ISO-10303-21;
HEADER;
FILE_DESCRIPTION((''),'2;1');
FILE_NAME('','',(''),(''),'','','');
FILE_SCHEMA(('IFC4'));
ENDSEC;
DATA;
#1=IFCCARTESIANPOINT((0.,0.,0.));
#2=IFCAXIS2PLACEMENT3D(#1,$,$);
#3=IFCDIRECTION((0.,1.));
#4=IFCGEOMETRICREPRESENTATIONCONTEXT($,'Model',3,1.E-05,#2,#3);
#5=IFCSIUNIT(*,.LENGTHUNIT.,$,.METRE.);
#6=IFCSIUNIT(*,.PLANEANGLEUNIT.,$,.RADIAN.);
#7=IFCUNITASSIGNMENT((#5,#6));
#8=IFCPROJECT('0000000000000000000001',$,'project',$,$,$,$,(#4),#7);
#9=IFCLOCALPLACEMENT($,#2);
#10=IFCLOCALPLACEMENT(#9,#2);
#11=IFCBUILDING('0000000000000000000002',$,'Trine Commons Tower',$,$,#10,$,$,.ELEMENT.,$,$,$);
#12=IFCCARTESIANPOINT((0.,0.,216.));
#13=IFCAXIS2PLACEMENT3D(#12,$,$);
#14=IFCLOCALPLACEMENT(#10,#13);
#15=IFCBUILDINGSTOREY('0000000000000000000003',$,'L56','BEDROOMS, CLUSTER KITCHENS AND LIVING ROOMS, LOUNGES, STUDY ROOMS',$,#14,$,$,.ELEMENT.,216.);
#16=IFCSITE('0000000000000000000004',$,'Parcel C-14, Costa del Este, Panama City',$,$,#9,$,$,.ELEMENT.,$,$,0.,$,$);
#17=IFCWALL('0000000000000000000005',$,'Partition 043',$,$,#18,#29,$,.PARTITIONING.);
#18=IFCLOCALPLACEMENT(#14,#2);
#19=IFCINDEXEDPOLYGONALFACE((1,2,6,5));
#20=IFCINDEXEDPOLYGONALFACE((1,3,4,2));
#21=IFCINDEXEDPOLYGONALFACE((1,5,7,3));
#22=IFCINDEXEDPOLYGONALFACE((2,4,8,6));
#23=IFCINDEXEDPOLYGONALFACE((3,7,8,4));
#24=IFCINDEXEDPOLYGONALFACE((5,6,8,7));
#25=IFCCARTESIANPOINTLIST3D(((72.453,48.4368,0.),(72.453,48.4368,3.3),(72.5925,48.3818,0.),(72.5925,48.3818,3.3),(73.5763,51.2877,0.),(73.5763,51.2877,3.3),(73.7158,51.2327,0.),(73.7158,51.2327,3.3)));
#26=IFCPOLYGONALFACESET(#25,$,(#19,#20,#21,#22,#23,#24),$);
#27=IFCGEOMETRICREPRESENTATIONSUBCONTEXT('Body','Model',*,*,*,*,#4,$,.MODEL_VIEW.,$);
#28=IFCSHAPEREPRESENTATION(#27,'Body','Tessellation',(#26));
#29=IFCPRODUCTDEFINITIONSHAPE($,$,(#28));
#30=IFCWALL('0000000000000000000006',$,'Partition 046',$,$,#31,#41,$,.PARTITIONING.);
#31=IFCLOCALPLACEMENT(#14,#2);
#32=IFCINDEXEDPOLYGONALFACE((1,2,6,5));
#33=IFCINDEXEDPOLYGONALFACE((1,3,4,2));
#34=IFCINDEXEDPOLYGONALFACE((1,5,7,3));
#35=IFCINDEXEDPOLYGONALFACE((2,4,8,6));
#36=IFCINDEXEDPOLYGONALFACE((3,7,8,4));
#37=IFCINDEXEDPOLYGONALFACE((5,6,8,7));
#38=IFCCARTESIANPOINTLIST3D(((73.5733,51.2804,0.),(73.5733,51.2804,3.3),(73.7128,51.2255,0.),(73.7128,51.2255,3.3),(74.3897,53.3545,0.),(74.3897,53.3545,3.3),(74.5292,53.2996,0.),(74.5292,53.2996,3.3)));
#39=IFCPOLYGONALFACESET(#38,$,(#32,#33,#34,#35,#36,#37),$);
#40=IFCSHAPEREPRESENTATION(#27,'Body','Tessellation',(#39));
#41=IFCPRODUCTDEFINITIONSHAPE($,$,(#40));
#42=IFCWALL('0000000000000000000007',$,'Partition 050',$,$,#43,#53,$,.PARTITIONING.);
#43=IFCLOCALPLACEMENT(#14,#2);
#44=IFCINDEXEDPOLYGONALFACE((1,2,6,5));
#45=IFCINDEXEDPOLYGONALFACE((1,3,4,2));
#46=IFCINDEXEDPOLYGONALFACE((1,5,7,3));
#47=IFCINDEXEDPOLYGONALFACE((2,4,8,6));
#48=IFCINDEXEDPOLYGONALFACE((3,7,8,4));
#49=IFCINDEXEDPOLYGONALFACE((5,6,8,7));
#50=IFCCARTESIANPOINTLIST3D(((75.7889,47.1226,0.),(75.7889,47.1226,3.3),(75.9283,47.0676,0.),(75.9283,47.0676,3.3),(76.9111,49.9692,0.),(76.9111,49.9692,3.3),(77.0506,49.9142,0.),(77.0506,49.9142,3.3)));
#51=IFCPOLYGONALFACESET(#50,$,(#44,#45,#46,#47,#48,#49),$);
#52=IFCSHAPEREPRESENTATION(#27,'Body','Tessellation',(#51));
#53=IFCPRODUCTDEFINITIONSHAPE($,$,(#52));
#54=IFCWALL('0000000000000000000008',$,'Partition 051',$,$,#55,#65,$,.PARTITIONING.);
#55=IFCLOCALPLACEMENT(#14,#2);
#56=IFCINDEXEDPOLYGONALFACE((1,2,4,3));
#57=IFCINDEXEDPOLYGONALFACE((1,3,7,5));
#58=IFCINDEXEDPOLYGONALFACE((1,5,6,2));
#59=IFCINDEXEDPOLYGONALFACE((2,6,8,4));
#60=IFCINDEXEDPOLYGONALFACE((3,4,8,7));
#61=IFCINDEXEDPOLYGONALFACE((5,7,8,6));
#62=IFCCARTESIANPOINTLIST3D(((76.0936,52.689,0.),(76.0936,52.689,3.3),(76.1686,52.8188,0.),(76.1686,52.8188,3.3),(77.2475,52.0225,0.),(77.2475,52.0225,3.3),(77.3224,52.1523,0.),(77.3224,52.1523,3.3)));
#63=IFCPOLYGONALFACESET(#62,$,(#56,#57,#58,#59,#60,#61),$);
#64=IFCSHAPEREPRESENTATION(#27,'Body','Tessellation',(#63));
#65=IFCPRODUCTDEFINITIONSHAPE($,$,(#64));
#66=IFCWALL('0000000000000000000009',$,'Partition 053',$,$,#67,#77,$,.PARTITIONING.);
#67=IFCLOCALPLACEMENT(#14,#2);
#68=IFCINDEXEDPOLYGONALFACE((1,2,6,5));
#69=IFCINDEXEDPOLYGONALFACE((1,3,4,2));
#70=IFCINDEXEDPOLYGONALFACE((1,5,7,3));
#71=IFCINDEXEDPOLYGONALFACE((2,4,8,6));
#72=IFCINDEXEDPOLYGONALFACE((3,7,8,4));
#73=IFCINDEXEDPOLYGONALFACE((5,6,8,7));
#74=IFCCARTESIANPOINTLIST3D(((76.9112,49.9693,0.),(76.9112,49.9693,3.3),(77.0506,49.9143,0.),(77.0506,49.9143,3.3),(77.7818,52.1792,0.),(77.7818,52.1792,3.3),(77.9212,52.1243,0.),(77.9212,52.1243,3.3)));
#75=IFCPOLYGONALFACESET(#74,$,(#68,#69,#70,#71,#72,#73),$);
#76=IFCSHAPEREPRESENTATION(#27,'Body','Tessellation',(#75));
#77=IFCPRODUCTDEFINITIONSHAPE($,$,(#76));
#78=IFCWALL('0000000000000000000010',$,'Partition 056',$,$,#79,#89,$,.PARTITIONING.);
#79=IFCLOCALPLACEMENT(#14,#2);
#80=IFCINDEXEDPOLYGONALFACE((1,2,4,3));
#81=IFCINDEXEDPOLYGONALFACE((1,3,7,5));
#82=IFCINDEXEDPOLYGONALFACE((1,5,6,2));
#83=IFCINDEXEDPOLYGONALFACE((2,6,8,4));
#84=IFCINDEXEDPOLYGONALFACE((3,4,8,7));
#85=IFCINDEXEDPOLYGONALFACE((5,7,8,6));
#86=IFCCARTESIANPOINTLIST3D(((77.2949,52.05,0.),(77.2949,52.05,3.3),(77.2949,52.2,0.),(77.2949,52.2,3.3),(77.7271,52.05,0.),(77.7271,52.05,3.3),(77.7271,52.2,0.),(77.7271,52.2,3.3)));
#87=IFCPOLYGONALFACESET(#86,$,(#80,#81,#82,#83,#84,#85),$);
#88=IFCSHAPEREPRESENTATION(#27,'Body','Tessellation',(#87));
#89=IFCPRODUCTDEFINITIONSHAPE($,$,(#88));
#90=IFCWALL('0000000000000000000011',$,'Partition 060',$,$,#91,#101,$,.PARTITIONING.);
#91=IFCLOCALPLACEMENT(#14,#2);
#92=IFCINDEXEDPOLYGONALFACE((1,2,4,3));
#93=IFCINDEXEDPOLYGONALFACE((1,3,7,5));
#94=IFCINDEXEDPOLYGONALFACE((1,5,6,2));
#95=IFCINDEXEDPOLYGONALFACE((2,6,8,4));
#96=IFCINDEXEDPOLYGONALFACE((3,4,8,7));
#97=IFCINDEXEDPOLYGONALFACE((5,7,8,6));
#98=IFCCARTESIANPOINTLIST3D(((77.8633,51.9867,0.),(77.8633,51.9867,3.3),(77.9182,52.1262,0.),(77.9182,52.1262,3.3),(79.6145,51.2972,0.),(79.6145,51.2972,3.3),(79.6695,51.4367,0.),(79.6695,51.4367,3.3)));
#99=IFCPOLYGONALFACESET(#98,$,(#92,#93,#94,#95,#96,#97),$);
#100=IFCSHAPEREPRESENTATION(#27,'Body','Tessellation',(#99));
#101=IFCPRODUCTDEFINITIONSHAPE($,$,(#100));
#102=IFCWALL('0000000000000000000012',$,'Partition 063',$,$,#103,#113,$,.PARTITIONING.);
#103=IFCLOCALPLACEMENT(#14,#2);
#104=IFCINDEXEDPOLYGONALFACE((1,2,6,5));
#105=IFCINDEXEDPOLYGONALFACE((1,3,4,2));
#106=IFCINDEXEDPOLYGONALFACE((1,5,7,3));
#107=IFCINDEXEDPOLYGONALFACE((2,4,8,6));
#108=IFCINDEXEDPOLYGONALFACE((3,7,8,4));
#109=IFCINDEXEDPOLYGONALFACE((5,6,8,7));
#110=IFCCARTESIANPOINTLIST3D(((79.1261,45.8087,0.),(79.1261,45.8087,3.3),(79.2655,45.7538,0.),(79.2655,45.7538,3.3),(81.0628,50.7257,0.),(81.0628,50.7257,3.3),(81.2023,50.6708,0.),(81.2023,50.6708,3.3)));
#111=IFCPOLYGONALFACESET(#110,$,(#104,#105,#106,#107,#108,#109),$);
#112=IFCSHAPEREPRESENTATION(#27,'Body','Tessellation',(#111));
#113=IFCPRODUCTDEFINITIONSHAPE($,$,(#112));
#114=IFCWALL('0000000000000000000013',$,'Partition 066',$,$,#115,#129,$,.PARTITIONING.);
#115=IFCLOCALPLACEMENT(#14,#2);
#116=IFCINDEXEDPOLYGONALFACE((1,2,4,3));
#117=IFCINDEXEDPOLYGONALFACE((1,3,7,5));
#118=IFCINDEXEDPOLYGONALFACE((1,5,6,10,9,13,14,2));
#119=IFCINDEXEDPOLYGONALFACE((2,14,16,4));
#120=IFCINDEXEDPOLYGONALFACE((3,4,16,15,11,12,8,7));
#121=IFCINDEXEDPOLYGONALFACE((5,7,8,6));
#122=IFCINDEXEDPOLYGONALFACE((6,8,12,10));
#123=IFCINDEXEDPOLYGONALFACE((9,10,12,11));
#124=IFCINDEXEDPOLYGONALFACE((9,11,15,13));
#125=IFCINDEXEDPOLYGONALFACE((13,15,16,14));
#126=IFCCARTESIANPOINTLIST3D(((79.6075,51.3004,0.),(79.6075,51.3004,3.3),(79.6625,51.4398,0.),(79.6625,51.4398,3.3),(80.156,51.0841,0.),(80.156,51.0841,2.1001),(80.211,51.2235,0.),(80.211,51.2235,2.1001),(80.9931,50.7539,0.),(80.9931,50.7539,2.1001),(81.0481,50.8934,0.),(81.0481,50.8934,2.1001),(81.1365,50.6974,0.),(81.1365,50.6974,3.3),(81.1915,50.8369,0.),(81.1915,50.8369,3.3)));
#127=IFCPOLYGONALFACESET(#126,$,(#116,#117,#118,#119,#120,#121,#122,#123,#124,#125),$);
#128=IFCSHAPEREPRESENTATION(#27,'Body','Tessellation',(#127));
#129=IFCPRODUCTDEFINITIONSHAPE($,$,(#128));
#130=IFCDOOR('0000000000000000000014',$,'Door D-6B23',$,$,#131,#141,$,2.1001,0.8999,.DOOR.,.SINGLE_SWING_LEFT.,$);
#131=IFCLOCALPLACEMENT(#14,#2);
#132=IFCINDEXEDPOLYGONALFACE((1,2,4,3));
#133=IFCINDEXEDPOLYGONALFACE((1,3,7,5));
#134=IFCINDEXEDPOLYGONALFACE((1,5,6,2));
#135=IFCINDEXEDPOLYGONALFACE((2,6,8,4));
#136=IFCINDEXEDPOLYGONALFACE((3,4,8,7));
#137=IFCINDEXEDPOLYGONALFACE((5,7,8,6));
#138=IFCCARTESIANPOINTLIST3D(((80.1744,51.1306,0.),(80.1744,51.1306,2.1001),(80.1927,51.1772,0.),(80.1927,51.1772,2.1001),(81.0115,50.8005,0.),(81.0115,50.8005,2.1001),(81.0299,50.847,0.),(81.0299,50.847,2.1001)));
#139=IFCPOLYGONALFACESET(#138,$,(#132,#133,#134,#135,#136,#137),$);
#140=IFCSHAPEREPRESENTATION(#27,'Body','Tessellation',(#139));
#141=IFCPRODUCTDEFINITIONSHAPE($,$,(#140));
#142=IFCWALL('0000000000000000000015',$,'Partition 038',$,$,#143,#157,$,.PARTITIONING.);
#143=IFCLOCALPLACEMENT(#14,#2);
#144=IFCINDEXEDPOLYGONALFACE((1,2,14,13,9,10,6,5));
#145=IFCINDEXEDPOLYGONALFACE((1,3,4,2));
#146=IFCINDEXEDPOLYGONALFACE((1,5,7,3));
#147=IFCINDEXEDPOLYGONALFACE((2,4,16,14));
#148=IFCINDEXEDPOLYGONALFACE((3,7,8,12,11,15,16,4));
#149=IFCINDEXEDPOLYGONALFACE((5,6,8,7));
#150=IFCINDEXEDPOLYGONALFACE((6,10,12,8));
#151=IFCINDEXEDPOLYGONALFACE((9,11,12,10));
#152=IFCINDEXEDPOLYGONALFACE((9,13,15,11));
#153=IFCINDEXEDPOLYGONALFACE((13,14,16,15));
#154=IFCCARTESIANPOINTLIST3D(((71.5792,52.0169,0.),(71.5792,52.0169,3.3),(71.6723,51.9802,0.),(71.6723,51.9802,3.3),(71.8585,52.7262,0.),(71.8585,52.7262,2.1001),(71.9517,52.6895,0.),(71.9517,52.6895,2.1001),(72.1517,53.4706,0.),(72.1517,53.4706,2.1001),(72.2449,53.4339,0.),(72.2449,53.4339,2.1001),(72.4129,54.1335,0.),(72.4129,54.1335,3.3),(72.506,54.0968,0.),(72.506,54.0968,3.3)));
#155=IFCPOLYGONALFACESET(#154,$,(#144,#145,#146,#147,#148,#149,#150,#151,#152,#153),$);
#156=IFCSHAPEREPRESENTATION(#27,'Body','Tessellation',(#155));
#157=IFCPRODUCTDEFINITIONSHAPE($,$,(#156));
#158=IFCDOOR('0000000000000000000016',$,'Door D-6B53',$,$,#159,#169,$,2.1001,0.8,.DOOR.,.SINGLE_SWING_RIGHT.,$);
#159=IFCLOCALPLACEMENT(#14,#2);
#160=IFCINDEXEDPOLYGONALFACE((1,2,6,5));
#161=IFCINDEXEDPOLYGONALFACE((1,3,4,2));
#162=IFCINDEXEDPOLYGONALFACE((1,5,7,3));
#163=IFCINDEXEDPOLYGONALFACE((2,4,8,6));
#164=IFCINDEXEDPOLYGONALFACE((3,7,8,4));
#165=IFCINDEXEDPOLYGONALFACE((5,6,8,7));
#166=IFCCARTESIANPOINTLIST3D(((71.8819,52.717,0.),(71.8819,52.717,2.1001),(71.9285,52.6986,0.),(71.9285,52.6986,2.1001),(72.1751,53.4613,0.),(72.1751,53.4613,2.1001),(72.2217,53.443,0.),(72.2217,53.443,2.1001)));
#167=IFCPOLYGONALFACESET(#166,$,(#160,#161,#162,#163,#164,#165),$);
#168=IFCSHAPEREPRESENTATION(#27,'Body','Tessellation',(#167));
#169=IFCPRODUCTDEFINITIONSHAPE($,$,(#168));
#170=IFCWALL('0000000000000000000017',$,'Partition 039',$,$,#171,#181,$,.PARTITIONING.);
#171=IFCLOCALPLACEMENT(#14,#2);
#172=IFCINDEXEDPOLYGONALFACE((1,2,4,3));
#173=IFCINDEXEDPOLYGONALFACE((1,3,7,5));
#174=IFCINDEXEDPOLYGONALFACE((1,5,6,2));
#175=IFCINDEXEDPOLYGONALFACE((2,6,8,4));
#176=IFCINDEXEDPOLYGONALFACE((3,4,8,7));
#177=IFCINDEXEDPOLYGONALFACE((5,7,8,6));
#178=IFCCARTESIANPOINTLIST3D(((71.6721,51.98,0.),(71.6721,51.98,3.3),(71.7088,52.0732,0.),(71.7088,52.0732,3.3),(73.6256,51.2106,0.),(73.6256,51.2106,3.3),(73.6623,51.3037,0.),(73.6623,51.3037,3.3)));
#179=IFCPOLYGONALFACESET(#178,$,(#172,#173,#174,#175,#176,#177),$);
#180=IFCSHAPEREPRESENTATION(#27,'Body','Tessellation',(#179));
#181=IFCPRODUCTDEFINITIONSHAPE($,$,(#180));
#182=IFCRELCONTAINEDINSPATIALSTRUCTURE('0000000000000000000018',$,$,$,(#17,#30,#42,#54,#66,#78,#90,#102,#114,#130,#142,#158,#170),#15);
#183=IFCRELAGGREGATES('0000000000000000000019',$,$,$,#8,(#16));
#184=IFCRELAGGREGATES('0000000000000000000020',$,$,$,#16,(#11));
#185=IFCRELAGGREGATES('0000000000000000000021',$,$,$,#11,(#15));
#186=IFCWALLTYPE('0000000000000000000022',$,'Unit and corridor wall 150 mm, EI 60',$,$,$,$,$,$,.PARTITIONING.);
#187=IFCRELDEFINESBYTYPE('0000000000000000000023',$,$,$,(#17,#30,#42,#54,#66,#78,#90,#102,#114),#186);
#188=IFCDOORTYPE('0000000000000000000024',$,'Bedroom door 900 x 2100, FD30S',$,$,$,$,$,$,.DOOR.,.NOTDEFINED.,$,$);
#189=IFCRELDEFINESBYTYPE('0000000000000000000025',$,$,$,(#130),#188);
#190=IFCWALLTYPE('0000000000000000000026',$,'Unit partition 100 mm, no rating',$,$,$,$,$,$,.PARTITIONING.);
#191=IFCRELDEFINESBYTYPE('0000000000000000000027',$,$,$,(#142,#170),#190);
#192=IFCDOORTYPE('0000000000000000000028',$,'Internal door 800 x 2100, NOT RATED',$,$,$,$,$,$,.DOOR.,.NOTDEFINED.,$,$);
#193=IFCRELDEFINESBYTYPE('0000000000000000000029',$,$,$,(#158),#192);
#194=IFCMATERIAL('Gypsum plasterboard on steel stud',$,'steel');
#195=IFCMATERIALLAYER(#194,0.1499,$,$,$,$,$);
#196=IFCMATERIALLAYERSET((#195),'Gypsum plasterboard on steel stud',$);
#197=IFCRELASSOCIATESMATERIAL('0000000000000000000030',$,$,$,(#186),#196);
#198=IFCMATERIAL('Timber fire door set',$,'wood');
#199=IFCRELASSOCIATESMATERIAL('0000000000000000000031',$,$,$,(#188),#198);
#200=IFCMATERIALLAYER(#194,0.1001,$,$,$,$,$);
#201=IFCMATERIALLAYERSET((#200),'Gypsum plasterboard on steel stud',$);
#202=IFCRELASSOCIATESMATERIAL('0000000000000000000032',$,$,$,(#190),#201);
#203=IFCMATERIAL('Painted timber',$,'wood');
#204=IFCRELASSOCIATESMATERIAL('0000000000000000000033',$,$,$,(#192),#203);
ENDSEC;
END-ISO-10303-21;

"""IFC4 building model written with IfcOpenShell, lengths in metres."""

from ifc_helpers import new_model, si_unit, direction, frame, frame_2d, origin, place, context, subcontext, project, spatial, rectangle, extrude, material, layer, layer_set, type_object, element, fill, save


model = new_model("IFC4")

# Units and contexts
model_context = context("Model", 3, precision=1e-05, world=origin(), true_north=direction((0.0, 1.0)))
body_context = subcontext(model_context, "Body", "Model", "MODEL_VIEW")
ifc_project = project(units=[si_unit("LENGTHUNIT", "METRE"), si_unit("PLANEANGLEUNIT", "RADIAN")], contexts=[model_context])

# Site, building, storey
site_placement = place(None, origin())
site = spatial("IfcSite", under=ifc_project, at=site_placement, Name="Parcel C-14, Costa del Este, Panama City", CompositionType="ELEMENT", RefElevation=0.0)
building_placement = place(site_placement, origin())
building = spatial("IfcBuilding", under=site, at=building_placement, Name="Trine Commons Tower", CompositionType="ELEMENT")
storey_placement = place(building_placement, frame((0.0, 0.0, 216.0)))
storey = spatial("IfcBuildingStorey", under=building, at=storey_placement, Name="L56", Description="BEDROOMS, CLUSTER KITCHENS AND LIVING ROOMS, LOUNGES, STUDY ROOMS", CompositionType="ELEMENT", Elevation=216.0)

# Walls
ifc_material_1 = material(Name="Gypsum plasterboard on steel stud", Category="steel")
ifc_layer_1 = layer(ifc_material_1, 0.1499)
ifc_layer_set_1 = layer_set([ifc_layer_1], Name="Gypsum plasterboard on steel stud")
wall_type_1 = type_object("IfcWallType", Name="Unit and corridor wall 150 mm, EI 60", PredefinedType="PARTITIONING", material=ifc_layer_set_1)
wall_1_placement = place(storey_placement, frame((72.5227, 48.4092, 0.0), z_axis=(0.0, 0.0, 1.0), x_axis=(0.366591, 0.930382, 0.0)))
element("IfcWall", 1, at=wall_1_placement, inside=storey, type_object=wall_type_1, Name="Partition 043", PredefinedType="PARTITIONING", context=body_context, shape_type="SweptSolid", body=[
    extrude(rectangle(XDim=3.0642, YDim=0.1499, at=frame_2d((1.5322, 0.0))), origin(), (0.0, 0.0, 1.0), 3.3),
])
wall_2_placement = place(storey_placement, frame((73.6431, 51.2529, 0.0), z_axis=(0.0, 0.0, 1.0), x_axis=(0.366249, 0.930517, 0.0)))
element("IfcWall", 2, at=wall_2_placement, inside=storey, type_object=wall_type_1, Name="Partition 046", PredefinedType="PARTITIONING", context=body_context, shape_type="SweptSolid", body=[
    extrude(rectangle(XDim=2.229, YDim=0.1499, at=frame_2d((1.1145, 0.0))), origin(), (0.0, 0.0, 1.0), 3.3),
])
wall_3_placement = place(storey_placement, frame((75.8586, 47.0952, 0.0), z_axis=(0.0, 0.0, 1.0), x_axis=(0.366778, 0.930309, 0.0)))
element("IfcWall", 3, at=wall_3_placement, inside=storey, type_object=wall_type_1, Name="Partition 050", PredefinedType="PARTITIONING", context=body_context, shape_type="SweptSolid", body=[
    extrude(rectangle(XDim=3.0598, YDim=0.1499, at=frame_2d((1.5298, 0.0))), origin(), (0.0, 0.0, 1.0), 3.3),
])
wall_4_placement = place(storey_placement, frame((76.1311, 52.7539, 0.0), z_axis=(0.0, 0.0, 1.0), x_axis=(0.865911, -0.500198, 0.0)))
element("IfcWall", 4, at=wall_4_placement, inside=storey, type_object=wall_type_1, Name="Partition 051", PredefinedType="PARTITIONING", context=body_context, shape_type="SweptSolid", body=[
    extrude(rectangle(XDim=1.3325, YDim=0.1499, at=frame_2d((0.6663, 0.0))), origin(), (0.0, 0.0, 1.0), 3.3),
])
wall_5_placement = place(storey_placement, frame((76.981, 49.9419, 0.0), z_axis=(0.0, 0.0, 1.0), x_axis=(0.36653, 0.930406, 0.0)))
element("IfcWall", 5, at=wall_5_placement, inside=storey, type_object=wall_type_1, Name="Partition 053", PredefinedType="PARTITIONING", context=body_context, shape_type="SweptSolid", body=[
    extrude(rectangle(XDim=2.3752, YDim=0.1499, at=frame_2d((1.1875, 0.0))), origin(), (0.0, 0.0, 1.0), 3.3),
])
wall_6_placement = place(storey_placement, frame((77.2949, 52.125, 0.0), z_axis=(0.0, 0.0, 1.0), x_axis=(1.0, 0.0, 0.0)))
element("IfcWall", 6, at=wall_6_placement, inside=storey, type_object=wall_type_1, Name="Partition 056", PredefinedType="PARTITIONING", context=body_context, shape_type="SweptSolid", body=[
    extrude(rectangle(XDim=0.4321, YDim=0.1499, at=frame_2d((0.2161, 0.0))), origin(), (0.0, 0.0, 1.0), 3.3),
])
wall_7_placement = place(storey_placement, frame((77.8909, 52.0564, 0.0), z_axis=(0.0, 0.0, 1.0), x_axis=(0.930485, -0.366331, 0.0)))
element("IfcWall", 7, at=wall_7_placement, inside=storey, type_object=wall_type_1, Name="Partition 060", PredefinedType="PARTITIONING", context=body_context, shape_type="SweptSolid", body=[
    extrude(rectangle(XDim=1.8821, YDim=0.1499, at=frame_2d((0.9409, 0.0))), origin(), (0.0, 0.0, 1.0), 3.3),
])
wall_8_placement = place(storey_placement, frame((79.1958, 45.7812, 0.0), z_axis=(0.0, 0.0, 1.0), x_axis=(0.366487, 0.930423, 0.0)))
element("IfcWall", 8, at=wall_8_placement, inside=storey, type_object=wall_type_1, Name="Partition 063", PredefinedType="PARTITIONING", context=body_context, shape_type="SweptSolid", body=[
    extrude(rectangle(XDim=5.2847, YDim=0.1499, at=frame_2d((2.6423, 0.0))), origin(), (0.0, 0.0, 1.0), 3.3),
])

# Walls, openings, doors
wall_9_placement = place(storey_placement, frame((79.635, 51.3701, 0.0), z_axis=(0.0, 0.0, 1.0), x_axis=(0.930269, -0.366879, 0.0)))
wall_9 = element("IfcWall", 9, at=wall_9_placement, inside=storey, type_object=wall_type_1, Name="Partition 066", PredefinedType="PARTITIONING", context=body_context, shape_type="SweptSolid", body=[
    extrude(rectangle(XDim=1.6436, YDim=0.1499, at=frame_2d((0.8218, 0.0))), origin(), (0.0, 0.0, 1.0), 3.3),
])
opening_1_placement = place(wall_9_placement, frame((0.5896, 0.0, 0.0)))
opening_1 = element("IfcOpeningElement", 10, at=opening_1_placement, cuts=wall_9, PredefinedType="OPENING", context=body_context, shape_type="SweptSolid", body=[
    extrude(rectangle(XDim=0.8999, YDim=2.1001, at=frame_2d((0.45, 1.05))), frame((0.0, 0.085, 0.0), z_axis=(0.0, -1.0, 0.0), x_axis=(1.0, 0.0, 0.0)), (0.0, 0.0, 1.0), 0.1699),
])
ifc_material_2 = material(Name="Timber fire door set", Category="wood")
door_type_1 = type_object("IfcDoorType", Name="Bedroom door 900 x 2100, FD30S", OperationType="NOTDEFINED", PredefinedType="DOOR", material=ifc_material_2)
door_1_placement = place(opening_1_placement, frame((0.8999, 0.0, 0.0), z_axis=(0.0, 0.0, 1.0), x_axis=(-1.0, 0.0, 0.0)))
door_1 = element("IfcDoor", 11, at=door_1_placement, inside=storey, type_object=door_type_1, Name="Door D-6B23", OperationType="SINGLE_SWING_LEFT", OverallHeight=2.1001, OverallWidth=0.8999, PredefinedType="DOOR", context=body_context, shape_type="SweptSolid", body=[
    extrude(rectangle(XDim=0.8999, YDim=2.1001, at=frame_2d((0.45, 1.05))), frame((0.0, 0.0249, 0.0), z_axis=(0.0, -1.0, 0.0), x_axis=(1.0, 0.0, 0.0)), (0.0, 0.0, 1.0), 0.05),
])
fill(opening_1, door_1)
ifc_layer_2 = layer(ifc_material_1, 0.1001)
ifc_layer_set_2 = layer_set([ifc_layer_2], Name="Gypsum plasterboard on steel stud")
wall_type_2 = type_object("IfcWallType", Name="Unit partition 100 mm, no rating", PredefinedType="PARTITIONING", material=ifc_layer_set_2)
wall_10_placement = place(storey_placement, frame((71.6257, 51.9985, 0.0), z_axis=(0.0, 0.0, 1.0), x_axis=(0.366482, 0.930425, 0.0)))
wall_10 = element("IfcWall", 12, at=wall_10_placement, inside=storey, type_object=wall_type_2, Name="Partition 038", PredefinedType="PARTITIONING", context=body_context, shape_type="SweptSolid", body=[
    extrude(rectangle(XDim=2.2749, YDim=0.1001, at=frame_2d((1.1375, 0.0))), origin(), (0.0, 0.0, 1.0), 3.3),
])
opening_2_placement = place(wall_10_placement, frame((0.7625, 0.0, 0.0)))
opening_2 = element("IfcOpeningElement", 13, at=opening_2_placement, cuts=wall_10, PredefinedType="OPENING", context=body_context, shape_type="SweptSolid", body=[
    extrude(rectangle(XDim=0.8, YDim=2.1001, at=frame_2d((0.3999, 1.05))), frame((0.0, 0.0601, 0.0), z_axis=(0.0, -1.0, 0.0), x_axis=(1.0, 0.0, 0.0)), (0.0, 0.0, 1.0), 0.1201),
])
ifc_material_3 = material(Name="Painted timber", Category="wood")
door_type_2 = type_object("IfcDoorType", Name="Internal door 800 x 2100, NOT RATED", OperationType="NOTDEFINED", PredefinedType="DOOR", material=ifc_material_3)
door_2_placement = place(opening_2_placement, origin())
door_2 = element("IfcDoor", 14, at=door_2_placement, inside=storey, type_object=door_type_2, Name="Door D-6B53", OperationType="SINGLE_SWING_RIGHT", OverallHeight=2.1001, OverallWidth=0.8, PredefinedType="DOOR", context=body_context, shape_type="SweptSolid", body=[
    extrude(rectangle(XDim=0.8, YDim=2.1001, at=frame_2d((0.3999, 1.05))), frame((0.0, 0.0249, 0.0), z_axis=(0.0, -1.0, 0.0), x_axis=(1.0, 0.0, 0.0)), (0.0, 0.0, 1.0), 0.05),
])
fill(opening_2, door_2)

# Wall
wall_11_placement = place(storey_placement, frame((71.6904, 52.0266, 0.0), z_axis=(0.0, 0.0, 1.0), x_axis=(0.93042, -0.366494, 0.0)))
element("IfcWall", 15, at=wall_11_placement, inside=storey, type_object=wall_type_2, Name="Partition 039", PredefinedType="PARTITIONING", context=body_context, shape_type="SweptSolid", body=[
    extrude(rectangle(XDim=2.0996, YDim=0.1001, at=frame_2d((1.0498, 0.0))), origin(), (0.0, 0.0, 1.0), 3.3),
])

save(model, "model.ifc")
